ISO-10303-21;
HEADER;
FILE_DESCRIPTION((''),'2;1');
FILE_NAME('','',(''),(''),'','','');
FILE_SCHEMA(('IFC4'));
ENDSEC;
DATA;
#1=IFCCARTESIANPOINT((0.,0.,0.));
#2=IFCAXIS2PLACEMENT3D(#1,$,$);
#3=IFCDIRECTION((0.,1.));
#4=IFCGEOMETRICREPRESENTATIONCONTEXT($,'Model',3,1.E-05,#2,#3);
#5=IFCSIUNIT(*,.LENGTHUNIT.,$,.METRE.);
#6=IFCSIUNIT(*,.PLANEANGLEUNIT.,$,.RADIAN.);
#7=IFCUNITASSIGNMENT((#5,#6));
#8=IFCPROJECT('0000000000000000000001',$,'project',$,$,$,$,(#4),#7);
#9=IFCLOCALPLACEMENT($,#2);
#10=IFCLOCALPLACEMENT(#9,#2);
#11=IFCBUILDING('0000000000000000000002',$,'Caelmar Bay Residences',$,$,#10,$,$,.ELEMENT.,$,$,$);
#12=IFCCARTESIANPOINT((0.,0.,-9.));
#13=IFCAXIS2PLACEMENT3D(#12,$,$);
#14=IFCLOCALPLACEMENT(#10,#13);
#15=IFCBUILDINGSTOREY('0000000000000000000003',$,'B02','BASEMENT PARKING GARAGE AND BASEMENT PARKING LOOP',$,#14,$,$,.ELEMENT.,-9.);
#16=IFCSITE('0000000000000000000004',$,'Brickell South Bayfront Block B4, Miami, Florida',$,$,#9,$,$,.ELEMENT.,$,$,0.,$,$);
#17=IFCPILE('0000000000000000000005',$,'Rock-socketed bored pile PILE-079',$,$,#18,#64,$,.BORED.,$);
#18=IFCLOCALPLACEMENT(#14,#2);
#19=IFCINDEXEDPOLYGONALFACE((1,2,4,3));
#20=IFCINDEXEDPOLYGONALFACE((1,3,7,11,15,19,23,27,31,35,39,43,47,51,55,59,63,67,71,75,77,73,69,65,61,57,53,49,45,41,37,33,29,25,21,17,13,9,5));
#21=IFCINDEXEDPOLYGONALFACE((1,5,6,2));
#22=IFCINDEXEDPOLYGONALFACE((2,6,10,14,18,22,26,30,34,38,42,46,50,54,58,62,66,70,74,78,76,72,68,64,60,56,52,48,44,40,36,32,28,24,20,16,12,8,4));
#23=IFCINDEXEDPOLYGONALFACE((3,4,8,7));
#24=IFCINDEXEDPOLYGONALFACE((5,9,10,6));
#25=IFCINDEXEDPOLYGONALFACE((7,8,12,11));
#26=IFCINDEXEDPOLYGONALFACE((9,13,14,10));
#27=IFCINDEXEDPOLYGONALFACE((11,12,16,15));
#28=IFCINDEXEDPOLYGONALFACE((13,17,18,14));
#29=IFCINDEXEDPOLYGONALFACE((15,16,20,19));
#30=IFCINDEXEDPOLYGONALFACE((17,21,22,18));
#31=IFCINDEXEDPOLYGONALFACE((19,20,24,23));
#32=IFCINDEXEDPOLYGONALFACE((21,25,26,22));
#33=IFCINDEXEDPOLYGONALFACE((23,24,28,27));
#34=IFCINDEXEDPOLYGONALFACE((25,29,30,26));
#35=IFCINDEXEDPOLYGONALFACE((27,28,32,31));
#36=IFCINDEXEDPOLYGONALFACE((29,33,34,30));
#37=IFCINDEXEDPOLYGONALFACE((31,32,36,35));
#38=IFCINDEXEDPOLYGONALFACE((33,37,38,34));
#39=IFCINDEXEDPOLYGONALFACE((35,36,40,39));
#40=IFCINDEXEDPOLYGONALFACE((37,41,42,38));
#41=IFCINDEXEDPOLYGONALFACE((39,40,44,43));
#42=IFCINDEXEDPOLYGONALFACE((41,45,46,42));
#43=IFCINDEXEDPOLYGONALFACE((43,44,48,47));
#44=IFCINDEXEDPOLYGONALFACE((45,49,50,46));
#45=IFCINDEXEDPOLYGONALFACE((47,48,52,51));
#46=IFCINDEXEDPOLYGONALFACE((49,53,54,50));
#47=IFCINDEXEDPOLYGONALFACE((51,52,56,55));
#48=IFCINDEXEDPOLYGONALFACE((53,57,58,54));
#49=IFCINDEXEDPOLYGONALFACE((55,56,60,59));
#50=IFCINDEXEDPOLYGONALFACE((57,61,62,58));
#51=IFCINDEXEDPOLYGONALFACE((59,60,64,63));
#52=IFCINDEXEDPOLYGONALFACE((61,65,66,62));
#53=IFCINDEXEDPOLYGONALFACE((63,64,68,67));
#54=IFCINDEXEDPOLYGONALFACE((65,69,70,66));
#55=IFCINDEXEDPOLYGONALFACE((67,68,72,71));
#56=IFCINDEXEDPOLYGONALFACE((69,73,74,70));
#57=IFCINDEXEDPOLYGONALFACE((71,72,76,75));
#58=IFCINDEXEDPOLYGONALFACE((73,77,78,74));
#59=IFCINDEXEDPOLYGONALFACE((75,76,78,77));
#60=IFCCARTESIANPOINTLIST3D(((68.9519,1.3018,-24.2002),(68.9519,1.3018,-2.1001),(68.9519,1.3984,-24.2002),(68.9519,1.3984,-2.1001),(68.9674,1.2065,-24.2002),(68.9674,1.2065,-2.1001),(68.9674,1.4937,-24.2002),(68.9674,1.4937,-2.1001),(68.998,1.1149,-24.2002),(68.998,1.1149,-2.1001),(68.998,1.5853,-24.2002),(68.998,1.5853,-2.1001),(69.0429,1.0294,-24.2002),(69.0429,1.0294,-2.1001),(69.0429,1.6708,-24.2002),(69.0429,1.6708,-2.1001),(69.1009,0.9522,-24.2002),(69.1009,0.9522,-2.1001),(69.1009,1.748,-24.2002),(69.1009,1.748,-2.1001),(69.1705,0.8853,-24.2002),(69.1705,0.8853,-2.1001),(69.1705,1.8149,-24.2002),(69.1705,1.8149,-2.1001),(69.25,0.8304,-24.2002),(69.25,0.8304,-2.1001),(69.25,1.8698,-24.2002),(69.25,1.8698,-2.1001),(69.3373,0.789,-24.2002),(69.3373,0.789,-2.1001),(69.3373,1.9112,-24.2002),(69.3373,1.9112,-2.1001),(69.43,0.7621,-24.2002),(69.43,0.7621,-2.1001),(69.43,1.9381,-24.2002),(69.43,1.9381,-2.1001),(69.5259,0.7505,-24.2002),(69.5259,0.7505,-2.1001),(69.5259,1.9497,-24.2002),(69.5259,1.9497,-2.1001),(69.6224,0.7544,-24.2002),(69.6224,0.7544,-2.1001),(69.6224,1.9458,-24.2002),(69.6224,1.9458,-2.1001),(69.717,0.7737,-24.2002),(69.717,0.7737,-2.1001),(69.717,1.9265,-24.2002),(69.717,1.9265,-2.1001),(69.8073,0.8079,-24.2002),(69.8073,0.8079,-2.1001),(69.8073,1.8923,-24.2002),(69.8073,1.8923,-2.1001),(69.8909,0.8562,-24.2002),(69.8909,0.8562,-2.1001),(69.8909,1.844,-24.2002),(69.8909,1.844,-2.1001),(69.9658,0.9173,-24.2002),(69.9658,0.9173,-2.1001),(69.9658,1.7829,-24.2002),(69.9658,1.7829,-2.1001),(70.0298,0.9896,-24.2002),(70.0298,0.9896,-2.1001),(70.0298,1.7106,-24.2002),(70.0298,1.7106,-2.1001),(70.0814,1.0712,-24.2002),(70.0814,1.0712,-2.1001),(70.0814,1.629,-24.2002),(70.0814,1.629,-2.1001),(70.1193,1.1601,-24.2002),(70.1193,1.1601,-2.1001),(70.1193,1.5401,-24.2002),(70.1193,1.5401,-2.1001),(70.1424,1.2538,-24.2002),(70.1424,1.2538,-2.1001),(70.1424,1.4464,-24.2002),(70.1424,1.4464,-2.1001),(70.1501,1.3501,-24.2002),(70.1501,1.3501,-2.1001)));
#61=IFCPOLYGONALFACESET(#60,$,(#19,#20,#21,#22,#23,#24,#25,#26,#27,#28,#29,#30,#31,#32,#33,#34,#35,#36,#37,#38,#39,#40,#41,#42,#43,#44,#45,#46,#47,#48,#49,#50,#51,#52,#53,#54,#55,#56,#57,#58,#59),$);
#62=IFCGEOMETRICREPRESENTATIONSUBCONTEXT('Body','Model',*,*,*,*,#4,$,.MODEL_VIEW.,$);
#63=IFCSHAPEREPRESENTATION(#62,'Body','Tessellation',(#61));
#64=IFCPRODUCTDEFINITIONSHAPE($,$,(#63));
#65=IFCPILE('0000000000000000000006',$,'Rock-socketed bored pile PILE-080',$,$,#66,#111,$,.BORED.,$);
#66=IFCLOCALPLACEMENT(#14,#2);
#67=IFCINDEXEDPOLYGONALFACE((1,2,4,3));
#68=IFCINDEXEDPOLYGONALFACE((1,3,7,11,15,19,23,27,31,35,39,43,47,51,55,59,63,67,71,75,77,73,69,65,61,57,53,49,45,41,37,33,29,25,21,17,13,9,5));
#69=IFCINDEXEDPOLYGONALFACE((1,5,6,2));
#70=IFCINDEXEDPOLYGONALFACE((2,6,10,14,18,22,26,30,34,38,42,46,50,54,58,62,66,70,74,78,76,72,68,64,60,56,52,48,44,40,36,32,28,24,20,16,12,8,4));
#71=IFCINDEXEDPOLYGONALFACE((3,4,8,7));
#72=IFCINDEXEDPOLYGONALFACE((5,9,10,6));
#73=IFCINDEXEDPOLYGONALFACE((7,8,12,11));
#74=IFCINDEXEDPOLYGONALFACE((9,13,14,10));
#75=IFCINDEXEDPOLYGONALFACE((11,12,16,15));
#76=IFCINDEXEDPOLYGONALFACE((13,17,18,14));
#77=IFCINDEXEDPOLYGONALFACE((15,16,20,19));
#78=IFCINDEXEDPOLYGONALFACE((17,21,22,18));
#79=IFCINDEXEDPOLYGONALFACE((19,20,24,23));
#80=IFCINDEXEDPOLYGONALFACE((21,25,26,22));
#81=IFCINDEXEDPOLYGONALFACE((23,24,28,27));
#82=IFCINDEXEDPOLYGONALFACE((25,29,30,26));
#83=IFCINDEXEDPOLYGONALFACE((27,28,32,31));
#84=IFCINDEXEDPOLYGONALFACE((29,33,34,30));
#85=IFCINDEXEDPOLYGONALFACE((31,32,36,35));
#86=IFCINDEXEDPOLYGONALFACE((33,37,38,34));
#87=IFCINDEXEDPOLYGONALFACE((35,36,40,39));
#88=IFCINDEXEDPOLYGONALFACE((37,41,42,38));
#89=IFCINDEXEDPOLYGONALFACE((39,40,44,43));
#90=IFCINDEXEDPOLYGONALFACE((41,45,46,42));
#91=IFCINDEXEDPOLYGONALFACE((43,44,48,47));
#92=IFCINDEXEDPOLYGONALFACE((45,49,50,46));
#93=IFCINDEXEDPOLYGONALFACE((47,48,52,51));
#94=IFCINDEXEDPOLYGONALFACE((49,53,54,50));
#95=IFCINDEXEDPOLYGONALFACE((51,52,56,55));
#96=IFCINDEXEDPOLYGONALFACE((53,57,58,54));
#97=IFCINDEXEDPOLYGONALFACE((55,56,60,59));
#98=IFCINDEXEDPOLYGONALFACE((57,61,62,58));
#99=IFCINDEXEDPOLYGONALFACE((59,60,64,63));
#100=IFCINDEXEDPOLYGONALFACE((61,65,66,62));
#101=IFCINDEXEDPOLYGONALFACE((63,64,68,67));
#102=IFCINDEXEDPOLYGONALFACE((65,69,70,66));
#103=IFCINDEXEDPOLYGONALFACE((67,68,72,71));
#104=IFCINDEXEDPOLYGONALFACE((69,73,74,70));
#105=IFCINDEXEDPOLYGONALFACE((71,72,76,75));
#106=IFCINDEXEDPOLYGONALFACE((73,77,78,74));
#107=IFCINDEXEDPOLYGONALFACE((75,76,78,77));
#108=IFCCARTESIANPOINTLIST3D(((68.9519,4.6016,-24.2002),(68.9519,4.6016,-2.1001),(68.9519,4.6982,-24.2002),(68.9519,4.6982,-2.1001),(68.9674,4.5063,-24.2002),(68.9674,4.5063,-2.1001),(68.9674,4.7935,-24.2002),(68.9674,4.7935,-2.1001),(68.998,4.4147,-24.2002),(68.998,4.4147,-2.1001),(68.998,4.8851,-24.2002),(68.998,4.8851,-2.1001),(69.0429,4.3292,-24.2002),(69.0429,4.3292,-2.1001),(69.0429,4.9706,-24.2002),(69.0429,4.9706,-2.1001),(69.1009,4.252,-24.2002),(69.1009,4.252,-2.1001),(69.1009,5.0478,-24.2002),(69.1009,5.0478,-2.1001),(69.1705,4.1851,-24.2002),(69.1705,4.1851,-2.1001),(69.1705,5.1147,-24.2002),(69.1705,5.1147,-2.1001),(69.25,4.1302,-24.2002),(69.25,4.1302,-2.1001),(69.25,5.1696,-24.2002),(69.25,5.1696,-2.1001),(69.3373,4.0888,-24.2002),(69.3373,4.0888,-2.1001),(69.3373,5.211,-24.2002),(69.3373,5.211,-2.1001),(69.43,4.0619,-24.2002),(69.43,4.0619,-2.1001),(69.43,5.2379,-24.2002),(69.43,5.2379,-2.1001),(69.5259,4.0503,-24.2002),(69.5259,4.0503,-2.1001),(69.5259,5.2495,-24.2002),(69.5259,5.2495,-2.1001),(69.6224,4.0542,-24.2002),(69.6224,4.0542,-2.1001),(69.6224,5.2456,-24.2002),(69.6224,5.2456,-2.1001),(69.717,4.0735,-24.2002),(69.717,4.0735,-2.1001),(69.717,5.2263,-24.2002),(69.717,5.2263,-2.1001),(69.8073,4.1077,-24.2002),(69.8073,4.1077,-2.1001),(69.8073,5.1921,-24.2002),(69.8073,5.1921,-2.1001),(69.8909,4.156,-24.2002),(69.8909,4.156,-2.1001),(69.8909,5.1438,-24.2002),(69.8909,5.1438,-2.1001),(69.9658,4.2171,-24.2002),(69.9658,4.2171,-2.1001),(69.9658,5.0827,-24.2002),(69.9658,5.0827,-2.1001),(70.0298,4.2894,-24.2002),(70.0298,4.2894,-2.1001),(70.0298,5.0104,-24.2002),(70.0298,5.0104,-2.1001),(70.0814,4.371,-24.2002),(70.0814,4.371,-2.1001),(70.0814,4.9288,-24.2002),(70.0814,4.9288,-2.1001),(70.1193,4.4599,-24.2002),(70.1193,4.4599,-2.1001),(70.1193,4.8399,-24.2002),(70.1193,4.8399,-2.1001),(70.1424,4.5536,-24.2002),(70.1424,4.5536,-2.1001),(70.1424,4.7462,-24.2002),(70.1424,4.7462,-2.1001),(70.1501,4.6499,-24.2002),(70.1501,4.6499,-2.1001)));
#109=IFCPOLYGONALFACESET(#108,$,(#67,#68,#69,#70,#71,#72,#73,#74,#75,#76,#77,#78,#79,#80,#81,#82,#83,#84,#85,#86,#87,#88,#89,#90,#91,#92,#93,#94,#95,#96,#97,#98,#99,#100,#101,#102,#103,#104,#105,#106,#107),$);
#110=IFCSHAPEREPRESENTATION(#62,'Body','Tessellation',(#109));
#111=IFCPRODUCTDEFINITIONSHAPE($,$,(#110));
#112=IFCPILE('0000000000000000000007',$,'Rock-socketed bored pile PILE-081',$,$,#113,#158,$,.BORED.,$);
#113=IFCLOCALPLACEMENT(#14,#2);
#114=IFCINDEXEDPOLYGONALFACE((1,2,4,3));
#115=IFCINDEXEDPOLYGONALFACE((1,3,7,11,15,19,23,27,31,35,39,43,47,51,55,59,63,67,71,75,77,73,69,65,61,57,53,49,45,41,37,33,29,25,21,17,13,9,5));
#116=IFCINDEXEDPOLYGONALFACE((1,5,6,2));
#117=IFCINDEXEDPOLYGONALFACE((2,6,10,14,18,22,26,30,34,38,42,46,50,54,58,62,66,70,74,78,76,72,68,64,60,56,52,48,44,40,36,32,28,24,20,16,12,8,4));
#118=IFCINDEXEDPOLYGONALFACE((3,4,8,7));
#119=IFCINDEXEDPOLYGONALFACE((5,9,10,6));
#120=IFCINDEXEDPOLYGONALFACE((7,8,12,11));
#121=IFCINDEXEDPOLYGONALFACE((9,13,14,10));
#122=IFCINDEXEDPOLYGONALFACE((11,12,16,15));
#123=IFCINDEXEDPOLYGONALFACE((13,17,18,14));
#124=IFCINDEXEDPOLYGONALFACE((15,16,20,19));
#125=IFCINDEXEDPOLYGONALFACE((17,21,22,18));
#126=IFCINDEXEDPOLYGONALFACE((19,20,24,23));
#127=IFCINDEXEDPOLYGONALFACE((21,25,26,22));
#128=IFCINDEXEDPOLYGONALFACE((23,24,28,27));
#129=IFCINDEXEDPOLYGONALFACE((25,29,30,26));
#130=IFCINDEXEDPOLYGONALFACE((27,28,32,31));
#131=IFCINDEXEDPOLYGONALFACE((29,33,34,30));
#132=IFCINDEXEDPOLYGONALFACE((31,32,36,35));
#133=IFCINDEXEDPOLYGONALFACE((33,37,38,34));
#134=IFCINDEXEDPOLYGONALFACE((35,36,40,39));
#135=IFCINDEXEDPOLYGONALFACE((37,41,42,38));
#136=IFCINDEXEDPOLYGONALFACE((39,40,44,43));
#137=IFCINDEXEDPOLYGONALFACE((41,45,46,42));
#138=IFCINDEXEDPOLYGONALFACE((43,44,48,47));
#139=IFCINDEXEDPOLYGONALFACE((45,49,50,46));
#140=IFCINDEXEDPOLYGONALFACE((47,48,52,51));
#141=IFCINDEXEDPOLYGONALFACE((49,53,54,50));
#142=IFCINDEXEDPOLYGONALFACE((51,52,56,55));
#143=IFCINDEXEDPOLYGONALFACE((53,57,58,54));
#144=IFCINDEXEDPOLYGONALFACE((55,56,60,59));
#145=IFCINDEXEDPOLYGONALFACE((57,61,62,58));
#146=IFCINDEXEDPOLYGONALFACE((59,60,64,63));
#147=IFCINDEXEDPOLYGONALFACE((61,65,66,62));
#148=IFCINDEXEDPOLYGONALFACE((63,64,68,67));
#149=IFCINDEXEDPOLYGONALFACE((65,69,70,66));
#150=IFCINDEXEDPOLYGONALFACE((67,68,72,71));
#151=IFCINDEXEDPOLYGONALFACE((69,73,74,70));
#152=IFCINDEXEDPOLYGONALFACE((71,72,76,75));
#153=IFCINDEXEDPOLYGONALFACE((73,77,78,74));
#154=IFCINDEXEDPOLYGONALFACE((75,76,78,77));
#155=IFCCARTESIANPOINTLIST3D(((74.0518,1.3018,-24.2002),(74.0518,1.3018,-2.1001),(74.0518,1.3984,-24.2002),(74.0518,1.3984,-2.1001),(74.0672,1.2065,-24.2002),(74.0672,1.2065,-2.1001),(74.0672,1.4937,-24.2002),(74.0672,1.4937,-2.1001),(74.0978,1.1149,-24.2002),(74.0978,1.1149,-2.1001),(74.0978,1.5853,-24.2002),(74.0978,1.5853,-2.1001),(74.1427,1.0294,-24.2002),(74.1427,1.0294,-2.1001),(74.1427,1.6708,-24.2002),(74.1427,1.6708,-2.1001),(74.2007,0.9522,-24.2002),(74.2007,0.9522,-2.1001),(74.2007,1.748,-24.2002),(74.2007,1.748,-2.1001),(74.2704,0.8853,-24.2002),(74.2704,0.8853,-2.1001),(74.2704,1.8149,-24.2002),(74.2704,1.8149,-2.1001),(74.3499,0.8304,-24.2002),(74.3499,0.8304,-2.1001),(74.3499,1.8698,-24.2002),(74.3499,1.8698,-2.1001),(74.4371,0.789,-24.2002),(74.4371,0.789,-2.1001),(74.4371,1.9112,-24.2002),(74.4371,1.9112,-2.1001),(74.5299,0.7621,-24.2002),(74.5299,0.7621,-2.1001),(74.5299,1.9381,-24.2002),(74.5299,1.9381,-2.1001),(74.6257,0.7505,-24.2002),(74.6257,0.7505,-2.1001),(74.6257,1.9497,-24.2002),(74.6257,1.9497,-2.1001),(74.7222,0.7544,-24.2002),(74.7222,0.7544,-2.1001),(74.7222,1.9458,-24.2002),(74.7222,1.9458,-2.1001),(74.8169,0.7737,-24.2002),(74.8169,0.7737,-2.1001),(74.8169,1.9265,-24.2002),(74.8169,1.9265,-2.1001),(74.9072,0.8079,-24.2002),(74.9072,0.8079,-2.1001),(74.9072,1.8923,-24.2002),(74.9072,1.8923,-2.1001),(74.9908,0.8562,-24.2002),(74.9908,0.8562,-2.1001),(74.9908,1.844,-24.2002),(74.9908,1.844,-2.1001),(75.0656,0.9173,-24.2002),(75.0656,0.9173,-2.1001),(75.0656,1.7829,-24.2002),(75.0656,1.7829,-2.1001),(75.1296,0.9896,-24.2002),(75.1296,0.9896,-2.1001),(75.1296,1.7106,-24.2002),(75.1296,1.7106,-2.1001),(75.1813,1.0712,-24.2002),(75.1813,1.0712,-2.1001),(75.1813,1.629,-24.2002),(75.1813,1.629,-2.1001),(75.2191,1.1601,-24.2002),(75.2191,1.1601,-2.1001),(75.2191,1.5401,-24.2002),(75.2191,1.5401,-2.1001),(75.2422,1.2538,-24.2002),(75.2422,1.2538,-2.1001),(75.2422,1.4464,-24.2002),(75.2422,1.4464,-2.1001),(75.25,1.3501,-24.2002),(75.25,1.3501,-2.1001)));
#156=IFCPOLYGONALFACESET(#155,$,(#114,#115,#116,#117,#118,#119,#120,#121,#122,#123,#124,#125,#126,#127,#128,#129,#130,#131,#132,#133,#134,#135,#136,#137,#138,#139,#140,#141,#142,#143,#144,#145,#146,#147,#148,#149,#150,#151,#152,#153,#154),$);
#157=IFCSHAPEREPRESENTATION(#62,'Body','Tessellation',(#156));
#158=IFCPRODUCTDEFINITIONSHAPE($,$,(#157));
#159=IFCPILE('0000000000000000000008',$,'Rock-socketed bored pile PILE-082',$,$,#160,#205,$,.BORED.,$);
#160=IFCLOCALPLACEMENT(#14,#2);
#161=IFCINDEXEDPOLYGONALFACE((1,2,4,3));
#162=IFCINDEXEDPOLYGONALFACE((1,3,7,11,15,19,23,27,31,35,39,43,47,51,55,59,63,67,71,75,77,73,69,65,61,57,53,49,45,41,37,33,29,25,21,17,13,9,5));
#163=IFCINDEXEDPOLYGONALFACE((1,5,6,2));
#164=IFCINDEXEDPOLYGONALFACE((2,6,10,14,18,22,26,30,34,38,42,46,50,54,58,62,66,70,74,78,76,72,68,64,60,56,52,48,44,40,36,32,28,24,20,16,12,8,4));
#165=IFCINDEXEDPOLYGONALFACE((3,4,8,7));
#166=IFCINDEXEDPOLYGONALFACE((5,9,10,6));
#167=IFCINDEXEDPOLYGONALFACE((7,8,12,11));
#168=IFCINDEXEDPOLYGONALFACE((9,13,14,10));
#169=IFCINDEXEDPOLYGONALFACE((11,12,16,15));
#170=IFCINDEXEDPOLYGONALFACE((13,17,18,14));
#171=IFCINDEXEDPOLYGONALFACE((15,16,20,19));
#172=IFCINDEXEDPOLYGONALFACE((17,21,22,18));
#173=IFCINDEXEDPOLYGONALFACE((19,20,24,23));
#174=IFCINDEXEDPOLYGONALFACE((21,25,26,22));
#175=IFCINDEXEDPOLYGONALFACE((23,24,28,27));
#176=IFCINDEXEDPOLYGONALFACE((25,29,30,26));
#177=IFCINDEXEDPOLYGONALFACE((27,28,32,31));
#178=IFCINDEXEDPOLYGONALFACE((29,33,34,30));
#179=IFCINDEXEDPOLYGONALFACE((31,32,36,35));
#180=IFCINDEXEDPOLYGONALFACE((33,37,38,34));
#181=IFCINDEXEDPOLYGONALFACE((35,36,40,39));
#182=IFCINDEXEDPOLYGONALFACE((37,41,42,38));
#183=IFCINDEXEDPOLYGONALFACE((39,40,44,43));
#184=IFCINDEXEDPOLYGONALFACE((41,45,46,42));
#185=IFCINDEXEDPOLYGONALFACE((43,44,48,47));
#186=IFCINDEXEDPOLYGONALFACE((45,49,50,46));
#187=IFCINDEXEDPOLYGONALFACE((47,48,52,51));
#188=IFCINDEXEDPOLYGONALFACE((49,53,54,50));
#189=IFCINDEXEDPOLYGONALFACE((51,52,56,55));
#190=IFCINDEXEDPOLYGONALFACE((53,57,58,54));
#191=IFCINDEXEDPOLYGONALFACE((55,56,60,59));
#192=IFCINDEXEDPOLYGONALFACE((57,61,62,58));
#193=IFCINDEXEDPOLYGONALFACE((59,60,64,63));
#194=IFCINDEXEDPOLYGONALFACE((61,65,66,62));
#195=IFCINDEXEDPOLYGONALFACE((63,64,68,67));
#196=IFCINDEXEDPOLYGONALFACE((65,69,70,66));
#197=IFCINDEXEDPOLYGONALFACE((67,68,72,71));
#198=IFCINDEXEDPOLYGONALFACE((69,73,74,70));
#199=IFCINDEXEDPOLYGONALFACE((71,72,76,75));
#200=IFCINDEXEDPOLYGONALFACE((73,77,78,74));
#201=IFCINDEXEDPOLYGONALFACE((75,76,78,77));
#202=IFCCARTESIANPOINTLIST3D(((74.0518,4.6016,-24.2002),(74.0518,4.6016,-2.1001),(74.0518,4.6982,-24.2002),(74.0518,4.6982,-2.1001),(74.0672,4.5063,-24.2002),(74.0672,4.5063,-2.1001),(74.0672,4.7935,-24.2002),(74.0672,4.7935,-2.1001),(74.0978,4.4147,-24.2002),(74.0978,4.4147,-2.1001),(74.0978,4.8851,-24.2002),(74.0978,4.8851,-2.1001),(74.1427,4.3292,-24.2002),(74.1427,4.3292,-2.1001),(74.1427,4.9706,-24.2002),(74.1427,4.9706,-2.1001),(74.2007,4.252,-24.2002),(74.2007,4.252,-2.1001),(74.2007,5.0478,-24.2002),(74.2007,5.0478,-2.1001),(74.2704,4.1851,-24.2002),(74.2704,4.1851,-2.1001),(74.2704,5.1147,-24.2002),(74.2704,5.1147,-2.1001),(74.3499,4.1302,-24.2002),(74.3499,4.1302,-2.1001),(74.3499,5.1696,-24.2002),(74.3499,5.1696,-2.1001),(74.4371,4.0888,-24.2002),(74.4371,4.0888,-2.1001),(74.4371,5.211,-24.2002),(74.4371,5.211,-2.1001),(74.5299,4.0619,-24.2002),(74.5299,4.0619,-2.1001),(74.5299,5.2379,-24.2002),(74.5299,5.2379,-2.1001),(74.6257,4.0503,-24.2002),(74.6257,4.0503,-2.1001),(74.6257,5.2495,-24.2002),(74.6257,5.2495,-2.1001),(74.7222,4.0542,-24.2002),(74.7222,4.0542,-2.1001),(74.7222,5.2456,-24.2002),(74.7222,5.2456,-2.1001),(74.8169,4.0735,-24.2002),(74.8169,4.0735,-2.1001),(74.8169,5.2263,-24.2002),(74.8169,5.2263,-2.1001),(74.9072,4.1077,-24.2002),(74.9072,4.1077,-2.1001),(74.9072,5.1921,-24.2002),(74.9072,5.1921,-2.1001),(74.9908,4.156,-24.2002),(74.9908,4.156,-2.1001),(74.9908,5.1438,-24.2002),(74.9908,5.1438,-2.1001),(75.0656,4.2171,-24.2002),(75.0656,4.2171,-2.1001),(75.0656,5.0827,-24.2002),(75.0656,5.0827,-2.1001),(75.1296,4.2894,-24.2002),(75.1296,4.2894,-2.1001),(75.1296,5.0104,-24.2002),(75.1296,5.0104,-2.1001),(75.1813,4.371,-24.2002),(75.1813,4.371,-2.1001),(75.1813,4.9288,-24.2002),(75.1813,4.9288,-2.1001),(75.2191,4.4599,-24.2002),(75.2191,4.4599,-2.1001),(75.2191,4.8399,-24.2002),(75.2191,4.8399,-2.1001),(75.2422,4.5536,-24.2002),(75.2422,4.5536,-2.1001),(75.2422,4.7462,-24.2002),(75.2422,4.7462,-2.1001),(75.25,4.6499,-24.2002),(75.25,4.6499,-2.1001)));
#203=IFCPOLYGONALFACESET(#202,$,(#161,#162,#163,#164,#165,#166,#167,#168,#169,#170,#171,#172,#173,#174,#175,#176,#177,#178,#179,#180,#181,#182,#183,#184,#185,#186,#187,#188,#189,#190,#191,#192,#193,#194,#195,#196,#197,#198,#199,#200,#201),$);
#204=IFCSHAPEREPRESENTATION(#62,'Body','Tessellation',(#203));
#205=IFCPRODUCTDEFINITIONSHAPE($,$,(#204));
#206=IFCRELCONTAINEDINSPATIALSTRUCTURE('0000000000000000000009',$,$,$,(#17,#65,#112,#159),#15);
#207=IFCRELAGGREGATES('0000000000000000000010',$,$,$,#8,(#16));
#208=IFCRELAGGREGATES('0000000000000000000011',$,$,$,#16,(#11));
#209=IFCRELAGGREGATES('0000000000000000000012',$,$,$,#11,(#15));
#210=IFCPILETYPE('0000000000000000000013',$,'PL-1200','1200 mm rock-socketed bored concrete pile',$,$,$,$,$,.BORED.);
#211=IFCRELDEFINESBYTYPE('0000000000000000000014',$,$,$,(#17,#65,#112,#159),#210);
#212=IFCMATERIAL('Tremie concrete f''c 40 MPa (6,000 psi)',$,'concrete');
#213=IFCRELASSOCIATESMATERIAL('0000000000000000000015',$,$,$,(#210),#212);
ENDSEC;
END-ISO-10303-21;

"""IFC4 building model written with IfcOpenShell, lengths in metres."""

from ifc_helpers import new_model, si_unit, direction, frame, origin, origin_2d, place, context, subcontext, project, spatial, circle, extrude, material, material_profile, profile_set, type_object, element, save


model = new_model("IFC4")

# Units and contexts
model_context = context("Model", 3, precision=1e-05, world=origin(), true_north=direction((0.0, 1.0)))
body_context = subcontext(model_context, "Body", "Model", "MODEL_VIEW")
ifc_project = project(units=[si_unit("LENGTHUNIT", "METRE"), si_unit("PLANEANGLEUNIT", "RADIAN")], contexts=[model_context])

# Site, building, storey
site_placement = place(None, origin())
site = spatial("IfcSite", under=ifc_project, at=site_placement, Name="Brickell South Bayfront Block B4, Miami, Florida", CompositionType="ELEMENT", RefElevation=0.0)
building_placement = place(site_placement, origin())
building = spatial("IfcBuilding", under=site, at=building_placement, Name="Caelmar Bay Residences", CompositionType="ELEMENT")
storey_placement = place(building_placement, frame((0.0, 0.0, -9.0)))
storey = spatial("IfcBuildingStorey", under=building, at=storey_placement, Name="B02", Description="BASEMENT PARKING GARAGE AND BASEMENT PARKING LOOP", CompositionType="ELEMENT", Elevation=-9.0)

# Piles
ifc_material_1 = material(Name="Tremie concrete f'c 40 MPa (6,000 psi)", Category="concrete")
ifc_material_profile_1 = material_profile(ifc_material_1, circle(Radius=0.6001, at=origin_2d()), Name="PILE-1200D")
ifc_profile_set_1 = profile_set([ifc_material_profile_1], Name="Tremie concrete f'c 40 MPa (6,000 psi)")
pile_type = type_object("IfcPileType", Name="PL-1200", Description="1200 mm rock-socketed bored concrete pile", PredefinedType="BORED", material=ifc_profile_set_1)
for number, where, z_axis, x_axis, name in (
    (1, (69.55, 1.3501, -2.1001), (0.0, 0.0, -1.0), (1.0, 0.0, 0.0), "Rock-socketed bored pile PILE-079"),
    (2, (69.55, 4.6499, -2.1001), (0.0, 0.0, -1.0), (1.0, 0.0, 0.0), "Rock-socketed bored pile PILE-080"),
    (3, (74.6499, 1.3501, -2.1001), (0.0, 0.0, -1.0), (1.0, 0.0, 0.0), "Rock-socketed bored pile PILE-081"),
    (4, (74.6499, 4.6499, -2.1001), (0.0, 0.0, -1.0), (1.0, 0.0, 0.0), "Rock-socketed bored pile PILE-082"),
):
    element("IfcPile", number, at=place(storey_placement, frame(where, z_axis=z_axis, x_axis=x_axis)), inside=storey, type_object=pile_type, Name=name, PredefinedType="BORED", context=body_context, shape_type="SweptSolid", body=[
        extrude(circle(Radius=0.6001, at=origin_2d()), origin(), (0.0, 0.0, 1.0), 22.1001),
    ])

save(model, "model.ifc")
